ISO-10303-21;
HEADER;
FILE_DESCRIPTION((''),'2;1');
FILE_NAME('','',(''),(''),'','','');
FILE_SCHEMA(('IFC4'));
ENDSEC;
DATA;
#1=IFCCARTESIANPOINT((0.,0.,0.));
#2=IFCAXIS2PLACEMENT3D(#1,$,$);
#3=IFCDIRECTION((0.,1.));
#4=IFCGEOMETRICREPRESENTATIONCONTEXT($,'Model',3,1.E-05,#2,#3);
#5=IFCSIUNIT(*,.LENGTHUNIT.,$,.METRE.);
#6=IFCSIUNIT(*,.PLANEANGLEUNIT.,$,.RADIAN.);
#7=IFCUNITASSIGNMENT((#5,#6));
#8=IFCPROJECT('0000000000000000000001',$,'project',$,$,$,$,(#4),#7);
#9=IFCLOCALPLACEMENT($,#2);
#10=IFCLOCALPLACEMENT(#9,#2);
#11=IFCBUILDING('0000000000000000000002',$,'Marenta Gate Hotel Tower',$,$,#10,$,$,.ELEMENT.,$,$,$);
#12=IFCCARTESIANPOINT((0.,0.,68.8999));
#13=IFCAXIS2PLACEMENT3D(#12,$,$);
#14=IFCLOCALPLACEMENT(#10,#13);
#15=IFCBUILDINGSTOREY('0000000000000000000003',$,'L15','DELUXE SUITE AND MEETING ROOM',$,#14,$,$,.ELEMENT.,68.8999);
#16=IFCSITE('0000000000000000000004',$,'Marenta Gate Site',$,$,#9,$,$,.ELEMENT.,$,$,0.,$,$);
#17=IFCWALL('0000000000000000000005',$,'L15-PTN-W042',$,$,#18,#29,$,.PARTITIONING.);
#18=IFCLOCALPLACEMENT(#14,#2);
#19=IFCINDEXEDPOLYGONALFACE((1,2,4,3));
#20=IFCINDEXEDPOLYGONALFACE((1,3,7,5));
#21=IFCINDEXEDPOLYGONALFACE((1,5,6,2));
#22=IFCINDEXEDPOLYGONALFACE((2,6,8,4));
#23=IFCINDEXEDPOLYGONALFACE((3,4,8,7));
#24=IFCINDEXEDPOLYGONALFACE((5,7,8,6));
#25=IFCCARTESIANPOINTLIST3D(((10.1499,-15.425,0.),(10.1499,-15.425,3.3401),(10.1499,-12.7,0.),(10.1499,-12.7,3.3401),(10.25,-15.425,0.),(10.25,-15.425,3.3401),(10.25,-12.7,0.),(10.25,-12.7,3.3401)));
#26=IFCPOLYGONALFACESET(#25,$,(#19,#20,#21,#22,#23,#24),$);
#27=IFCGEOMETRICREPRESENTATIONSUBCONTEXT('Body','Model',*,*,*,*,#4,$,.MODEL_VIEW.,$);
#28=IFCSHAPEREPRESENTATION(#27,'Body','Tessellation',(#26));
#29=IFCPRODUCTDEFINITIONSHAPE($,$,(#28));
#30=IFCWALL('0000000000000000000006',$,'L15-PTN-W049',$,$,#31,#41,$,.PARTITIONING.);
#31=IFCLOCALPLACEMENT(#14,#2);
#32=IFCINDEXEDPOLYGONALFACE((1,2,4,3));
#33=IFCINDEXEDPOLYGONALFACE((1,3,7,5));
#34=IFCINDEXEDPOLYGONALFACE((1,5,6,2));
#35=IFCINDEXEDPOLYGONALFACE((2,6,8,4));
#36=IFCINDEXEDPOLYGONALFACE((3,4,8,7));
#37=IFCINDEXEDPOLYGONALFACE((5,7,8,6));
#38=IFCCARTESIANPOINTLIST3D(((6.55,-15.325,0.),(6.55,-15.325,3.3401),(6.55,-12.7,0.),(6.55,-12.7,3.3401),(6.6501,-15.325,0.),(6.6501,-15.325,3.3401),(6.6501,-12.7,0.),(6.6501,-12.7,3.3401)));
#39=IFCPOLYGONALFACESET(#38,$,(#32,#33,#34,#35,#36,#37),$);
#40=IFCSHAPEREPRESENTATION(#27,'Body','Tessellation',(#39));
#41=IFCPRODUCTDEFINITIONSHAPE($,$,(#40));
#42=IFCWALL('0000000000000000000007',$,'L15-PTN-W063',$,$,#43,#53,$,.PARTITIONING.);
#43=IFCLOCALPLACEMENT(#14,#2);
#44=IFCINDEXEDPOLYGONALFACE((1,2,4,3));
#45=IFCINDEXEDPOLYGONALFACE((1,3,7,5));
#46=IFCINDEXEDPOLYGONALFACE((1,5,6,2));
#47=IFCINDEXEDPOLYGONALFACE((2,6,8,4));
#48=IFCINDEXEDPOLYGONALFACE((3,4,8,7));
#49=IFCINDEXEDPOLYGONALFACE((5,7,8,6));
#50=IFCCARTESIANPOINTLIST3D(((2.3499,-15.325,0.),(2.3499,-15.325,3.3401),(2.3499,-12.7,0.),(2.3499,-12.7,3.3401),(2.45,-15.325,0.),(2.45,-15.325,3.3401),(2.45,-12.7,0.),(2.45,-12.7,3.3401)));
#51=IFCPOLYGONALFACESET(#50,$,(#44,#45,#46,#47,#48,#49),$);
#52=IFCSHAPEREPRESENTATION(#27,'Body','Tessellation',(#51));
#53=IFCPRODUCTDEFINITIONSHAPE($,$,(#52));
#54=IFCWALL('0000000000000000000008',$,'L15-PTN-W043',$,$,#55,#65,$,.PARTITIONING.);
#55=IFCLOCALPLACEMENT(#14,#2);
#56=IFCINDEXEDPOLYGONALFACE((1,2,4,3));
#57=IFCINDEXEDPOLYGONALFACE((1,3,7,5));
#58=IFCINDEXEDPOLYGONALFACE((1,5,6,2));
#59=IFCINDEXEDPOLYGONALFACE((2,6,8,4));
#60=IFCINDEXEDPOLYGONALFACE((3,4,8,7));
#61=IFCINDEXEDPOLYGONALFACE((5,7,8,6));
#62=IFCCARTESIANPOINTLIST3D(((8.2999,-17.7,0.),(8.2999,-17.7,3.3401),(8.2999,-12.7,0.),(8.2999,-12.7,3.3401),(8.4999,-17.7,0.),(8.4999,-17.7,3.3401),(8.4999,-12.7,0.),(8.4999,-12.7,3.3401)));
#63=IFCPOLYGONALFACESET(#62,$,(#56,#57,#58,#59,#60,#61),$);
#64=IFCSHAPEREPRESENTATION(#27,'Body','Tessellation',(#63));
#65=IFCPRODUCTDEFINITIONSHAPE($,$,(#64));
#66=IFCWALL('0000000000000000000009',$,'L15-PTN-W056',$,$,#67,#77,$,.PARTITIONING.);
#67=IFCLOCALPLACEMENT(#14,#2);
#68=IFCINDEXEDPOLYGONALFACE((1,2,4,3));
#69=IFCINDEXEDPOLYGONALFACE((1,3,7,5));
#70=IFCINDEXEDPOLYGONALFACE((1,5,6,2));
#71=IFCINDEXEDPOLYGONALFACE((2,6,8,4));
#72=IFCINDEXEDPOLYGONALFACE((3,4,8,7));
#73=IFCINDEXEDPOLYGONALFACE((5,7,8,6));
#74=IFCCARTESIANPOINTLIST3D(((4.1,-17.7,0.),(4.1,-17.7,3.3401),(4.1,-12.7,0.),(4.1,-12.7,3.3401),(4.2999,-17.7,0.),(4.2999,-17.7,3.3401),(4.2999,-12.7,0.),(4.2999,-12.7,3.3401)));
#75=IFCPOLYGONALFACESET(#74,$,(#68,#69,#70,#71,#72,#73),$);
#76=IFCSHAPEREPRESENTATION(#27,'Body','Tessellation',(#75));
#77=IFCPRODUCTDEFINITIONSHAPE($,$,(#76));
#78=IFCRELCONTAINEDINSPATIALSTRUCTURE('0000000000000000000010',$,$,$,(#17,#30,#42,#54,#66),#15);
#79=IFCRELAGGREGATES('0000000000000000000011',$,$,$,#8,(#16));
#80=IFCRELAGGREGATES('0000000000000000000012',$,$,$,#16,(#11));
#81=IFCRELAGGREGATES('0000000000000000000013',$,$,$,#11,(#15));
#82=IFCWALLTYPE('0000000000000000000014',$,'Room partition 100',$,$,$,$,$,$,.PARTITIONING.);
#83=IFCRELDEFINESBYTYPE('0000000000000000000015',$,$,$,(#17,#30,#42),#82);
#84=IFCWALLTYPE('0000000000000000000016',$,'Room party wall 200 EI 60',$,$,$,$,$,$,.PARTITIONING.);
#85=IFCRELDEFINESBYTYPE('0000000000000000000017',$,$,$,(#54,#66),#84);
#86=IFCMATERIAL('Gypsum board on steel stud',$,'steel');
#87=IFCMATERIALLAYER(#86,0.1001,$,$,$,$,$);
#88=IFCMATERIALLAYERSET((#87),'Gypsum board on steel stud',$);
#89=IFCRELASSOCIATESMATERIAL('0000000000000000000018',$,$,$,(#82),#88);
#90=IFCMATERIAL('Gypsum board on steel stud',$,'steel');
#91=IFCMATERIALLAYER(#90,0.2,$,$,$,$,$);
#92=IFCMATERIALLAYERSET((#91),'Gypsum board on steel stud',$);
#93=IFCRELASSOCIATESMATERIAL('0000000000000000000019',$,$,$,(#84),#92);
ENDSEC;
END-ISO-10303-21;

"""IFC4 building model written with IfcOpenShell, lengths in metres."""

from ifc_helpers import new_model, si_unit, direction, frame, frame_2d, origin, place, context, subcontext, project, spatial, rectangle, extrude, material, layer, layer_set, type_object, element, save


model = new_model("IFC4")

# Units and contexts
model_context = context("Model", 3, precision=1e-05, world=origin(), true_north=direction((0.0, 1.0)))
body_context = subcontext(model_context, "Body", "Model", "MODEL_VIEW")
ifc_project = project(units=[si_unit("LENGTHUNIT", "METRE"), si_unit("PLANEANGLEUNIT", "RADIAN")], contexts=[model_context])

# Site, building, storey
site_placement = place(None, origin())
site = spatial("IfcSite", under=ifc_project, at=site_placement, Name="Marenta Gate Site", CompositionType="ELEMENT", RefElevation=0.0)
building_placement = place(site_placement, origin())
building = spatial("IfcBuilding", under=site, at=building_placement, Name="Marenta Gate Hotel Tower", CompositionType="ELEMENT")
storey_placement = place(building_placement, frame((0.0, 0.0, 68.8999)))
storey = spatial("IfcBuildingStorey", under=building, at=storey_placement, Name="L15", Description="DELUXE SUITE AND MEETING ROOM", CompositionType="ELEMENT", Elevation=68.8999)

# Shared definitions
ifc_material_1 = material(Name="Gypsum board on steel stud", Category="steel")
ifc_layer_1 = layer(ifc_material_1, 0.1001)
ifc_layer_set_1 = layer_set([ifc_layer_1], Name="Gypsum board on steel stud")
wall_type_1 = type_object("IfcWallType", Name="Room partition 100", PredefinedType="PARTITIONING", material=ifc_layer_set_1)

# Walls
wall_1_placement = place(storey_placement, frame((10.2, -15.425, 0.0), z_axis=(0.0, 0.0, 1.0), x_axis=(0.0, 1.0, 0.0)))
element("IfcWall", 1, at=wall_1_placement, inside=storey, type_object=wall_type_1, Name="L15-PTN-W042", PredefinedType="PARTITIONING", context=body_context, shape_type="SweptSolid", body=[
    extrude(rectangle(XDim=2.7251, YDim=0.1001, at=frame_2d((1.3625, 0.0))), origin(), (0.0, 0.0, 1.0), 3.3401),
])
for number, where, z_axis, x_axis, name in (
    (2, (6.6001, -15.325, 0.0), (0.0, 0.0, 1.0), (0.0, 1.0, 0.0), "L15-PTN-W049"),
    (3, (2.3999, -15.325, 0.0), (0.0, 0.0, 1.0), (0.0, 1.0, 0.0), "L15-PTN-W063"),
):
    element("IfcWall", number, at=place(storey_placement, frame(where, z_axis=z_axis, x_axis=x_axis)), inside=storey, type_object=wall_type_1, Name=name, PredefinedType="PARTITIONING", context=body_context, shape_type="SweptSolid", body=[
        extrude(rectangle(XDim=2.625, YDim=0.1001, at=frame_2d((1.3125, 0.0))), origin(), (0.0, 0.0, 1.0), 3.3401),
    ])
ifc_material_2 = material(Name="Gypsum board on steel stud", Category="steel")
ifc_layer_2 = layer(ifc_material_2, 0.2)
ifc_layer_set_2 = layer_set([ifc_layer_2], Name="Gypsum board on steel stud")
wall_type_2 = type_object("IfcWallType", Name="Room party wall 200 EI 60", PredefinedType="PARTITIONING", material=ifc_layer_set_2)
for number, where, z_axis, x_axis, name in (
    (4, (8.3999, -17.7, 0.0), (0.0, 0.0, 1.0), (0.0, 1.0, 0.0), "L15-PTN-W043"),
    (5, (4.2, -17.7, 0.0), (0.0, 0.0, 1.0), (0.0, 1.0, 0.0), "L15-PTN-W056"),
):
    element("IfcWall", number, at=place(storey_placement, frame(where, z_axis=z_axis, x_axis=x_axis)), inside=storey, type_object=wall_type_2, Name=name, PredefinedType="PARTITIONING", context=body_context, shape_type="SweptSolid", body=[
        extrude(rectangle(XDim=5.0, YDim=0.2, at=frame_2d((2.5, 0.0))), origin(), (0.0, 0.0, 1.0), 3.3401),
    ])

save(model, "model.ifc")
